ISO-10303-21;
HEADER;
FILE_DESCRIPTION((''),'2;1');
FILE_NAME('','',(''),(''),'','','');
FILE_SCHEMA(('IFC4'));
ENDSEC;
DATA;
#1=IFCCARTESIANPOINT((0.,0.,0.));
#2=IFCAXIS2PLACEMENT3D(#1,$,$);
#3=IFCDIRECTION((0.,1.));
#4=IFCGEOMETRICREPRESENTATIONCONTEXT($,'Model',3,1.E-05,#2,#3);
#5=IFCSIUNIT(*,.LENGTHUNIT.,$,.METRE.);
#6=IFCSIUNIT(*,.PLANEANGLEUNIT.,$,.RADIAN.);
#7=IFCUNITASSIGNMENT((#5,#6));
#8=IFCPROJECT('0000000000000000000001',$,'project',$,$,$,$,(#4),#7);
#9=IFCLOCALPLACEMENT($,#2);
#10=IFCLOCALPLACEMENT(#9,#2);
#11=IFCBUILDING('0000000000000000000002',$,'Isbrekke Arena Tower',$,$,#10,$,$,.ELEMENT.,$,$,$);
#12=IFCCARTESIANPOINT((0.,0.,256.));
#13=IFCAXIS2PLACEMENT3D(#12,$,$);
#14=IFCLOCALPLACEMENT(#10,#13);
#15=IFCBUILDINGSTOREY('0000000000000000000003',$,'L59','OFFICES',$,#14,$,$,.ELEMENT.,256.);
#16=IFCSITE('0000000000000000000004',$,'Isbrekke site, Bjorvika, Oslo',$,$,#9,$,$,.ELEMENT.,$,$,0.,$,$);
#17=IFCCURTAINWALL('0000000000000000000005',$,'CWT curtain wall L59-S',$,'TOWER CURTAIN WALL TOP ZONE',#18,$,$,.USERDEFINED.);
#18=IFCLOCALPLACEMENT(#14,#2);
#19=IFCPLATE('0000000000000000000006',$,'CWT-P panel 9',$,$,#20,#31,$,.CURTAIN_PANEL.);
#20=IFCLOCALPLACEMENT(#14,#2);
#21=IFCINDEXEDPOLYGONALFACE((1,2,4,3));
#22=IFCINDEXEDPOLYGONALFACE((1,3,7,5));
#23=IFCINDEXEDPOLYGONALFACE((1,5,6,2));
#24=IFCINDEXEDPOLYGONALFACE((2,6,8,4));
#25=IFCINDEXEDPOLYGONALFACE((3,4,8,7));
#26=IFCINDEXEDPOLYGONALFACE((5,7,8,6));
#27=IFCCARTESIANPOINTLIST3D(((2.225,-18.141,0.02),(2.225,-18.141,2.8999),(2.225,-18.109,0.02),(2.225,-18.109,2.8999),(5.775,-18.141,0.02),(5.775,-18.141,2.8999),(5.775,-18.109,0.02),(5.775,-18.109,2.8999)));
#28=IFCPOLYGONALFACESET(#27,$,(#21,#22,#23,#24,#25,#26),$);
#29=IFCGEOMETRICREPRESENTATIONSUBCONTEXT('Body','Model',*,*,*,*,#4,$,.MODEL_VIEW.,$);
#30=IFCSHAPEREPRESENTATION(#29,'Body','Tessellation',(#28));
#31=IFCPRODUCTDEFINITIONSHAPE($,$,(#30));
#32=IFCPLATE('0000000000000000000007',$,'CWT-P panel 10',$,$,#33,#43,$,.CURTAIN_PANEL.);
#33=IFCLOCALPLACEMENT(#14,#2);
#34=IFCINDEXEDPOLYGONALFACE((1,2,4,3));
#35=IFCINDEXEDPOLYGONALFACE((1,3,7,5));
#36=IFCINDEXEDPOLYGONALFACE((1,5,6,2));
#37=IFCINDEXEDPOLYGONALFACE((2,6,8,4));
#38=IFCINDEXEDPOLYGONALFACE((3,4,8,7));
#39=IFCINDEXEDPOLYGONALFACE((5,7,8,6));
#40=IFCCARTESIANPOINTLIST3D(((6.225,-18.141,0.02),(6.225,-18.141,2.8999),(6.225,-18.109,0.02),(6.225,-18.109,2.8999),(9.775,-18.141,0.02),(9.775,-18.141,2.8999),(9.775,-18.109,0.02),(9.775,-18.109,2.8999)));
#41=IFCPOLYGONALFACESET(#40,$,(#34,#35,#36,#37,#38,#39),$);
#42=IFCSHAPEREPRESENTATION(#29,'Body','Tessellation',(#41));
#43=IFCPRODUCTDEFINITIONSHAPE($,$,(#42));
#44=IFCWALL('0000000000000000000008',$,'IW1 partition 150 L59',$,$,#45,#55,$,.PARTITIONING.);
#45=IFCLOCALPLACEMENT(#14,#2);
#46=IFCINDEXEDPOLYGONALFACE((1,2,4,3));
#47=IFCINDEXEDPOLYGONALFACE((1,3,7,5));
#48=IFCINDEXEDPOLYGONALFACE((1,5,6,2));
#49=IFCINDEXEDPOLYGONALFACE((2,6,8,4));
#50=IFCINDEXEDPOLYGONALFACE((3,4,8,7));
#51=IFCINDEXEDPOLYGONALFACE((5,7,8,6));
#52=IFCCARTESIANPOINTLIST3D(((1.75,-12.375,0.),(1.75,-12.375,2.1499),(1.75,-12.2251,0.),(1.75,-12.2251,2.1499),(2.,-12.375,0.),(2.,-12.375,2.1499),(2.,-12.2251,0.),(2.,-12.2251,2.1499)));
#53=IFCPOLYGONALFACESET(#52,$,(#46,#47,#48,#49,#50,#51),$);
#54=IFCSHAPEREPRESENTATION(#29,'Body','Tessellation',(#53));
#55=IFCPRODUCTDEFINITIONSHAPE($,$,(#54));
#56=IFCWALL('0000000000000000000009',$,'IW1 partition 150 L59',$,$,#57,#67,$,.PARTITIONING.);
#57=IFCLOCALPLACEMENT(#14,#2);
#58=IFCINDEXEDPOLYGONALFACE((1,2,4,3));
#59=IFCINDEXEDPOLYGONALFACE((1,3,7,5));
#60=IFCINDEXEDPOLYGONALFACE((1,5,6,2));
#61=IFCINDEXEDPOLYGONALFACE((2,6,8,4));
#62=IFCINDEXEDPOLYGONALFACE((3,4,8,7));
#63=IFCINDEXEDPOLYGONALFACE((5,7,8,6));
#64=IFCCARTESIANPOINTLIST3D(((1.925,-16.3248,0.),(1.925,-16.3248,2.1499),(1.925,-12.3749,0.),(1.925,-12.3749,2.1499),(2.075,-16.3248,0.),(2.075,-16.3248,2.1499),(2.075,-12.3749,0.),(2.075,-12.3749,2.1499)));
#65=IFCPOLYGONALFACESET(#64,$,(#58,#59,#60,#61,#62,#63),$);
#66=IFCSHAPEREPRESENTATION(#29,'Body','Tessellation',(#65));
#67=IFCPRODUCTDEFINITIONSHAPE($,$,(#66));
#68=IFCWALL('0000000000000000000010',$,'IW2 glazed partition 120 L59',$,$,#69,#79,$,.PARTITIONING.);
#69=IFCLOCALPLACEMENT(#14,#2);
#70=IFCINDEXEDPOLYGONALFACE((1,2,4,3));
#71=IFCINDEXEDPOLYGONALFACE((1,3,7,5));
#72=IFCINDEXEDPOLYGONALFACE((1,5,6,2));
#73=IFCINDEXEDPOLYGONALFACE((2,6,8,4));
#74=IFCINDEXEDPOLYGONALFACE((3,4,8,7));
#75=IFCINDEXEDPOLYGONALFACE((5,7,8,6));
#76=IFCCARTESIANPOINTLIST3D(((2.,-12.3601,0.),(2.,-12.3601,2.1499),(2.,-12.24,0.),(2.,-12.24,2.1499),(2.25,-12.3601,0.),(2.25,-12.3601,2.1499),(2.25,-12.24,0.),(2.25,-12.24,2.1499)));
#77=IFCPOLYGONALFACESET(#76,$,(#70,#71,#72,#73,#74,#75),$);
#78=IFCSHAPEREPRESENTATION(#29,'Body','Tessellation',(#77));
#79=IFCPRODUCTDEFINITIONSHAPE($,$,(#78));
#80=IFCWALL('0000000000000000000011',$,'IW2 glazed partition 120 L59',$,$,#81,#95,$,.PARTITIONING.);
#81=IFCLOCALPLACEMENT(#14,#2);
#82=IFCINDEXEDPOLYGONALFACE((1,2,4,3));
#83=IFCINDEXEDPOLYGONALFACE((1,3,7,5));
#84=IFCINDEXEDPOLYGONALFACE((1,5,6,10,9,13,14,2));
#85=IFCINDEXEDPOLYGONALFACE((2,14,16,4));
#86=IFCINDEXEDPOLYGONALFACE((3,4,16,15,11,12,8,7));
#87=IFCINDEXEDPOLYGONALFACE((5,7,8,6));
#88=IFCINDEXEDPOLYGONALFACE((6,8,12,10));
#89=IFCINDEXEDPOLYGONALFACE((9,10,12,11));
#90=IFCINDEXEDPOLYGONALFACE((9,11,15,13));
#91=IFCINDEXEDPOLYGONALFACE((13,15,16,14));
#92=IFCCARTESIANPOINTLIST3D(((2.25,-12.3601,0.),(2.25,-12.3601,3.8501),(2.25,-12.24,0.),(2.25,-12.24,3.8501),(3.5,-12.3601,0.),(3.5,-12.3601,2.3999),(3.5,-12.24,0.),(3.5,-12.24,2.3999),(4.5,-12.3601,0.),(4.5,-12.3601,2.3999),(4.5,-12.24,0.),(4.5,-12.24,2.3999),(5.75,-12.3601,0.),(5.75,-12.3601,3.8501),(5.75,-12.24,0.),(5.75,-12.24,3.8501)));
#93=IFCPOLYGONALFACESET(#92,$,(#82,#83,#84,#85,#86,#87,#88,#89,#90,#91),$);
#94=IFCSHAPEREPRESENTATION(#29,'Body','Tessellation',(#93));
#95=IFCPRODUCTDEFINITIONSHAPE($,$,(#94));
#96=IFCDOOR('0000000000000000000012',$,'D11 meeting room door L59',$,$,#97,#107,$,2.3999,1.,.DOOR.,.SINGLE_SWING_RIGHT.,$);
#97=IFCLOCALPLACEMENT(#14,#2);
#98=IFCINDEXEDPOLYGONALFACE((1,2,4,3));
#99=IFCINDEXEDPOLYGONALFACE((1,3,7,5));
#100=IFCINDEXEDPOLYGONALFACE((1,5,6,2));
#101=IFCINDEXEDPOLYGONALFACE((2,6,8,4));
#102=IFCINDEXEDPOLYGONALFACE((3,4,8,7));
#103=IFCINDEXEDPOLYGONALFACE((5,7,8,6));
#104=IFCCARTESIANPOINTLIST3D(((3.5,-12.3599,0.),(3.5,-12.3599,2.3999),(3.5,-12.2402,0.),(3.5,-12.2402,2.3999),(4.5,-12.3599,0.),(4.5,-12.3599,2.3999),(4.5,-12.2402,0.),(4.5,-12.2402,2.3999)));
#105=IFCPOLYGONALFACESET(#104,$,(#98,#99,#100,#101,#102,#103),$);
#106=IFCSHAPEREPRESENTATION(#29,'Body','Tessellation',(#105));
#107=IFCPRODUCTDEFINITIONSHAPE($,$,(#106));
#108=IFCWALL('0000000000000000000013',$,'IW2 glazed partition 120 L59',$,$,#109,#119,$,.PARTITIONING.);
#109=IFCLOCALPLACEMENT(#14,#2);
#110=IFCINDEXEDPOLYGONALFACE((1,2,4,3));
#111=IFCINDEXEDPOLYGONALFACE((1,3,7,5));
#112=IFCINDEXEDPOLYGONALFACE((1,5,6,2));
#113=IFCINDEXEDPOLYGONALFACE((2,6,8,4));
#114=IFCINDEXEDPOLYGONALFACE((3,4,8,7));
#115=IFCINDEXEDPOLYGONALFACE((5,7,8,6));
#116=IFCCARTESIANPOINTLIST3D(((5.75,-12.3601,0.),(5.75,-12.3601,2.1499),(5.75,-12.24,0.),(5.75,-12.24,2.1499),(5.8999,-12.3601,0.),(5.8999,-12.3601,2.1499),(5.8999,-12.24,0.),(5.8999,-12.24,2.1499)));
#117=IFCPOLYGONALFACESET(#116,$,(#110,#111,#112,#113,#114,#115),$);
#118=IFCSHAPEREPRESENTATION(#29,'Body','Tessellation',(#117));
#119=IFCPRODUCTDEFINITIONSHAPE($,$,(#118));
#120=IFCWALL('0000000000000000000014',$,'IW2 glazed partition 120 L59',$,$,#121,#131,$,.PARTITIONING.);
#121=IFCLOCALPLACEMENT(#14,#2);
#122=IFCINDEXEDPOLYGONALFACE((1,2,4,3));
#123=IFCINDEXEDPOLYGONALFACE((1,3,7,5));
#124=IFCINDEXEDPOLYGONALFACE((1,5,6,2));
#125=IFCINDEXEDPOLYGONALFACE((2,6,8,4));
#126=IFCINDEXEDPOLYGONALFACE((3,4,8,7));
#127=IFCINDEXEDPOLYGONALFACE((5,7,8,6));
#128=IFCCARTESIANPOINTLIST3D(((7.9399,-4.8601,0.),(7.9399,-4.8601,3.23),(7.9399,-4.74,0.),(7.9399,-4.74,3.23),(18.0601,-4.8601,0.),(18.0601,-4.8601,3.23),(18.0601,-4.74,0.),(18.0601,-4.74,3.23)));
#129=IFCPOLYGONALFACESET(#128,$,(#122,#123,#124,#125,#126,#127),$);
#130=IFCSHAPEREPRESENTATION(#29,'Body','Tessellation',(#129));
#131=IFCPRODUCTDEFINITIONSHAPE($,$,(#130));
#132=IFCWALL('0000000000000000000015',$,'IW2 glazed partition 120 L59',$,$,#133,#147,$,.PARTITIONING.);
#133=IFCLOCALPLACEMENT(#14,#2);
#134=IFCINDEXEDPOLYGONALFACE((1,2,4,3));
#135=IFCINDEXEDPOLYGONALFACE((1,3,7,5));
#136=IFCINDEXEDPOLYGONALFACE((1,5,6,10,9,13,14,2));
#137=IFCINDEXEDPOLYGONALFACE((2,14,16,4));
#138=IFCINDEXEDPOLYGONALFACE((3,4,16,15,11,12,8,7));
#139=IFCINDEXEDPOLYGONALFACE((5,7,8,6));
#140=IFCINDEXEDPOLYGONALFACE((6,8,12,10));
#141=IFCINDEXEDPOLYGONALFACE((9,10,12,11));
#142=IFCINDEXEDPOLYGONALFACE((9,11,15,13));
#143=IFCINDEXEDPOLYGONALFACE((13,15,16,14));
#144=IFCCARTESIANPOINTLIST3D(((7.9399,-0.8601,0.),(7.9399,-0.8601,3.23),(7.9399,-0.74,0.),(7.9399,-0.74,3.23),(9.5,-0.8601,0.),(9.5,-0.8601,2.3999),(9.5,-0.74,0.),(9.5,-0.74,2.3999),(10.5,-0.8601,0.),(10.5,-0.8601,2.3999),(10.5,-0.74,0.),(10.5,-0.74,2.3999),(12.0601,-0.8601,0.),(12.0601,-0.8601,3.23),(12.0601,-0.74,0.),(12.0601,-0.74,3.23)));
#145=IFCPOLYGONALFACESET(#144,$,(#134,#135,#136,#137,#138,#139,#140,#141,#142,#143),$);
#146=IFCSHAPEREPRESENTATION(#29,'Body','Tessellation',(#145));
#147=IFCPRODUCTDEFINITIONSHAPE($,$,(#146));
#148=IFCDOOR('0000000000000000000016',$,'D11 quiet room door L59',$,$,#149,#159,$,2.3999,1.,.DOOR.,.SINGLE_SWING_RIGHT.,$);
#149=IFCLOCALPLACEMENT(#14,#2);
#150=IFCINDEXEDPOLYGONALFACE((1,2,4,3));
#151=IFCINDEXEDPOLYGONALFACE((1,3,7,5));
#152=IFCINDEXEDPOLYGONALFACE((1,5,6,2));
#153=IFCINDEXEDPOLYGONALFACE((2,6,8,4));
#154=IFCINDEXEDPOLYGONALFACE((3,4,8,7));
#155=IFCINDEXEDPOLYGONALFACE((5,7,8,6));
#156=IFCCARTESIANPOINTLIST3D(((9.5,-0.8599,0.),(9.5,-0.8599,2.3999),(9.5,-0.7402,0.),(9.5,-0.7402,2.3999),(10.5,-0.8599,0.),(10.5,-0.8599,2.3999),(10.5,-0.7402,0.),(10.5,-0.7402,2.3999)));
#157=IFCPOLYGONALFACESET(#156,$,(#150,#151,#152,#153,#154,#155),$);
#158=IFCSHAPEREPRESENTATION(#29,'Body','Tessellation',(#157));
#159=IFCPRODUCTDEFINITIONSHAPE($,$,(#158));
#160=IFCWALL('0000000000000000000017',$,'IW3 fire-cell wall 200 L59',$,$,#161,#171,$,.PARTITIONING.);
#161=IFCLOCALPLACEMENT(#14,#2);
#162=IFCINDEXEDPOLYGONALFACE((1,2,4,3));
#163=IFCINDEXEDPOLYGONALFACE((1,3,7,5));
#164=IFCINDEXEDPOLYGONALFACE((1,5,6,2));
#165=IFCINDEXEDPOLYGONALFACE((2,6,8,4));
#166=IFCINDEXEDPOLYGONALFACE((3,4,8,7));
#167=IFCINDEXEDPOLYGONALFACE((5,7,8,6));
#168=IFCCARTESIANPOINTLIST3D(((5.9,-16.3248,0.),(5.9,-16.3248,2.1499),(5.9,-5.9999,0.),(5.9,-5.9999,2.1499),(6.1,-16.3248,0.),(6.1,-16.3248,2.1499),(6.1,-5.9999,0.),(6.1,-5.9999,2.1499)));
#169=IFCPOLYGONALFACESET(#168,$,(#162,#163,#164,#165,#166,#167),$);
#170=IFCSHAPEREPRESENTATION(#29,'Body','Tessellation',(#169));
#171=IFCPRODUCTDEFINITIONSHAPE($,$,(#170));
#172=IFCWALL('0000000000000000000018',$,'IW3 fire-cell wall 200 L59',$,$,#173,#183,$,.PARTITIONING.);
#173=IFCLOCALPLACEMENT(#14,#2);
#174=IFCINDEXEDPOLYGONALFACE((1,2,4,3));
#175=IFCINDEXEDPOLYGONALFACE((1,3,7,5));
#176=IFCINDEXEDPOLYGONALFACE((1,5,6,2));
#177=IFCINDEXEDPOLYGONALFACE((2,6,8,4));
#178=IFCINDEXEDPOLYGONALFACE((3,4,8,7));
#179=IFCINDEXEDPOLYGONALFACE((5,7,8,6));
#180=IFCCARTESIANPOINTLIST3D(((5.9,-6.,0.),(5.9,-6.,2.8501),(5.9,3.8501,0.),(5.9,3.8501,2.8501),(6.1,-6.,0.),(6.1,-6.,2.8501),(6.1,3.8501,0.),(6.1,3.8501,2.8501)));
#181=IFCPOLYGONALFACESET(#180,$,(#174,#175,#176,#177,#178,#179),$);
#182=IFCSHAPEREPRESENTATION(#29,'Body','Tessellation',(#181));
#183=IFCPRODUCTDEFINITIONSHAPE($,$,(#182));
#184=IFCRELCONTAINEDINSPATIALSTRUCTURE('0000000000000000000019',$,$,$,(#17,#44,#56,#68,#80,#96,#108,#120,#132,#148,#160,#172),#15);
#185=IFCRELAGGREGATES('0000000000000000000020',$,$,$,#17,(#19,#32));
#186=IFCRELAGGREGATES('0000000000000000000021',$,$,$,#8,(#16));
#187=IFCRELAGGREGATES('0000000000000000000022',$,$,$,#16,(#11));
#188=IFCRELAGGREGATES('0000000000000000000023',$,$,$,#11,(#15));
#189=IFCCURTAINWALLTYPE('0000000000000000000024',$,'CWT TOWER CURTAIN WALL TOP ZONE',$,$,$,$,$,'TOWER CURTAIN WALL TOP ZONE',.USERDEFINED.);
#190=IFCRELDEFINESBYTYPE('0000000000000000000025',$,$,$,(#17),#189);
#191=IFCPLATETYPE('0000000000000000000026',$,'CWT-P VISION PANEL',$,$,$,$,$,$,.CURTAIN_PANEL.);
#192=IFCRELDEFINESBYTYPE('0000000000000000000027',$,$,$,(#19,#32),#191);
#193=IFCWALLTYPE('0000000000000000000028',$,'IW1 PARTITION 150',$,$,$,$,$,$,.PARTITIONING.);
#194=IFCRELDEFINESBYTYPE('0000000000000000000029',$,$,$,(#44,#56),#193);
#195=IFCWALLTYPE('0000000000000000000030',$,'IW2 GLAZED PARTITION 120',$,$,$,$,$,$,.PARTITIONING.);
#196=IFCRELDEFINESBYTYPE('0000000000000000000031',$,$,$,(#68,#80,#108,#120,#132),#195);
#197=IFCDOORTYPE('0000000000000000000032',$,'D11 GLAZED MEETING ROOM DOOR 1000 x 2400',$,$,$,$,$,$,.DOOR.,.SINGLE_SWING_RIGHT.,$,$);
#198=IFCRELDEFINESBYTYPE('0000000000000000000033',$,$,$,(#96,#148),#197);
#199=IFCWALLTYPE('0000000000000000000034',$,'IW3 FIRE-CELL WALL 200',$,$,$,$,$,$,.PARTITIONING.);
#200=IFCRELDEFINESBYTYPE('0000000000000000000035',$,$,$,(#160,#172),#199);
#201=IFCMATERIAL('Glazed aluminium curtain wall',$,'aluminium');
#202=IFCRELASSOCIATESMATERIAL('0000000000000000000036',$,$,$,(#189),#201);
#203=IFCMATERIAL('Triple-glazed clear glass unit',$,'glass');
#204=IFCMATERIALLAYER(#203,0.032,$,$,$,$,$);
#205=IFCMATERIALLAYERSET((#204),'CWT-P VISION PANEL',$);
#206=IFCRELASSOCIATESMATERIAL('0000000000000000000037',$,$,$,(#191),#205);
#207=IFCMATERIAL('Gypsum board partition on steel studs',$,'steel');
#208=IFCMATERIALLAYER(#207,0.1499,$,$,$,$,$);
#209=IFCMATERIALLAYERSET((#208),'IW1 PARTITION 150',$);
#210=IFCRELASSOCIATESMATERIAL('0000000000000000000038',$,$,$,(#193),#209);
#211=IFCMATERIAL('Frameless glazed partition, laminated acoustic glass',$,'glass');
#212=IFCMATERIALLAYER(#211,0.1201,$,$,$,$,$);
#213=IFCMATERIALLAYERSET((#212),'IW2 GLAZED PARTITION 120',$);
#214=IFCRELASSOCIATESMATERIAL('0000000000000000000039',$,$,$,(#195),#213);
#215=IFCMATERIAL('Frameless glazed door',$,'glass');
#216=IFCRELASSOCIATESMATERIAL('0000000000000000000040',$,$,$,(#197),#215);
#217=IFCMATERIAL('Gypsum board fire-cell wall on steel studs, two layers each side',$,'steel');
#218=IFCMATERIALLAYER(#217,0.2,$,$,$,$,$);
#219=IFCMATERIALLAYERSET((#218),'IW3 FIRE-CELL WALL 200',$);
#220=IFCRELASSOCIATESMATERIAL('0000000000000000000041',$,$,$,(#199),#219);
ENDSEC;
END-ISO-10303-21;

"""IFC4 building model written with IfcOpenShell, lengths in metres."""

from ifc_helpers import new_model, si_unit, direction, frame, frame_2d, origin, origin_2d, place, context, subcontext, project, spatial, rectangle, extrude, material, layer, layer_set, type_object, element, fill, aggregate, save


model = new_model("IFC4")

# Units and contexts
model_context = context("Model", 3, precision=1e-05, world=origin(), true_north=direction((0.0, 1.0)))
body_context = subcontext(model_context, "Body", "Model", "MODEL_VIEW")
ifc_project = project(units=[si_unit("LENGTHUNIT", "METRE"), si_unit("PLANEANGLEUNIT", "RADIAN")], contexts=[model_context])

# Site, building, storey
site_placement = place(None, origin())
site = spatial("IfcSite", under=ifc_project, at=site_placement, Name="Isbrekke site, Bjorvika, Oslo", CompositionType="ELEMENT", RefElevation=0.0)
building_placement = place(site_placement, origin())
building = spatial("IfcBuilding", under=site, at=building_placement, Name="Isbrekke Arena Tower", CompositionType="ELEMENT")
storey_placement = place(building_placement, frame((0.0, 0.0, 256.0)))
storey = spatial("IfcBuildingStorey", under=building, at=storey_placement, Name="L59", Description="OFFICES", CompositionType="ELEMENT", Elevation=256.0)

# Curtain wall
ifc_material_1 = material(Name="Glazed aluminium curtain wall", Category="aluminium")
curtain_wall_type = type_object("IfcCurtainWallType", Name="CWT TOWER CURTAIN WALL TOP ZONE", ElementType="TOWER CURTAIN WALL TOP ZONE", PredefinedType="USERDEFINED", material=ifc_material_1)
curtain_wall_placement = place(storey_placement, origin())
curtain_wall = element("IfcCurtainWall", 1, at=curtain_wall_placement, inside=storey, type_object=curtain_wall_type, Name="CWT curtain wall L59-S", ObjectType="TOWER CURTAIN WALL TOP ZONE", PredefinedType="USERDEFINED")

# Plates
ifc_material_2 = material(Name="Triple-glazed clear glass unit", Category="glass")
ifc_layer_1 = layer(ifc_material_2, 0.032)
ifc_layer_set_1 = layer_set([ifc_layer_1], Name="CWT-P VISION PANEL")
plate_type = type_object("IfcPlateType", Name="CWT-P VISION PANEL", PredefinedType="CURTAIN_PANEL", material=ifc_layer_set_1)
plate_1_placement = place(storey_placement, frame((4.0, -18.125, 0.02), z_axis=(0.0, 0.0, 1.0), x_axis=(1.0, 0.0, 0.0)))
plate_1 = element("IfcPlate", 2, at=plate_1_placement, type_object=plate_type, Name="CWT-P panel 9", PredefinedType="CURTAIN_PANEL", context=body_context, shape_type="SweptSolid", body=[
    extrude(rectangle(XDim=3.55, YDim=0.032, at=origin_2d()), origin(), (0.0, 0.0, 1.0), 2.8799),
])
plate_2_placement = place(storey_placement, frame((8.0, -18.125, 0.02), z_axis=(0.0, 0.0, 1.0), x_axis=(1.0, 0.0, 0.0)))
plate_2 = element("IfcPlate", 3, at=plate_2_placement, type_object=plate_type, Name="CWT-P panel 10", PredefinedType="CURTAIN_PANEL", context=body_context, shape_type="SweptSolid", body=[
    extrude(rectangle(XDim=3.55, YDim=0.032, at=origin_2d()), origin(), (0.0, 0.0, 1.0), 2.8799),
])
aggregate(curtain_wall, [plate_1, plate_2])

# Walls
ifc_material_3 = material(Name="Gypsum board partition on steel studs", Category="steel")
ifc_layer_2 = layer(ifc_material_3, 0.1499)
ifc_layer_set_2 = layer_set([ifc_layer_2], Name="IW1 PARTITION 150")
wall_type_1 = type_object("IfcWallType", Name="IW1 PARTITION 150", PredefinedType="PARTITIONING", material=ifc_layer_set_2)
wall_1_placement = place(storey_placement, frame((1.75, -12.3, 0.0), z_axis=(0.0, 0.0, 1.0), x_axis=(1.0, 0.0, 0.0)))
element("IfcWall", 4, at=wall_1_placement, inside=storey, type_object=wall_type_1, Name="IW1 partition 150 L59", PredefinedType="PARTITIONING", context=body_context, shape_type="SweptSolid", body=[
    extrude(rectangle(XDim=0.25, YDim=0.1499, at=frame_2d((0.125, 0.0))), origin(), (0.0, 0.0, 1.0), 2.1499),
])
wall_2_placement = place(storey_placement, frame((2.0, -16.325, 0.0), z_axis=(0.0, 0.0, 1.0), x_axis=(0.0, 1.0, 0.0)))
element("IfcWall", 5, at=wall_2_placement, inside=storey, type_object=wall_type_1, Name="IW1 partition 150 L59", PredefinedType="PARTITIONING", context=body_context, shape_type="SweptSolid", body=[
    extrude(rectangle(XDim=3.95, YDim=0.1499, at=frame_2d((1.9751, 0.0))), origin(), (0.0, 0.0, 1.0), 2.1499),
])
ifc_material_4 = material(Name="Frameless glazed partition, laminated acoustic glass", Category="glass")
ifc_layer_3 = layer(ifc_material_4, 0.1201)
ifc_layer_set_3 = layer_set([ifc_layer_3], Name="IW2 GLAZED PARTITION 120")
wall_type_2 = type_object("IfcWallType", Name="IW2 GLAZED PARTITION 120", PredefinedType="PARTITIONING", material=ifc_layer_set_3)
wall_3_placement = place(storey_placement, frame((2.0, -12.3, 0.0), z_axis=(0.0, 0.0, 1.0), x_axis=(1.0, 0.0, 0.0)))
element("IfcWall", 6, at=wall_3_placement, inside=storey, type_object=wall_type_2, Name="IW2 glazed partition 120 L59", PredefinedType="PARTITIONING", context=body_context, shape_type="SweptSolid", body=[
    extrude(rectangle(XDim=0.25, YDim=0.1201, at=frame_2d((0.125, 0.0))), origin(), (0.0, 0.0, 1.0), 2.1499),
])

# Wall, opening, door
wall_4_placement = place(storey_placement, frame((2.25, -12.3, 0.0), z_axis=(0.0, 0.0, 1.0), x_axis=(1.0, 0.0, 0.0)))
wall_4 = element("IfcWall", 7, at=wall_4_placement, inside=storey, type_object=wall_type_2, Name="IW2 glazed partition 120 L59", PredefinedType="PARTITIONING", context=body_context, shape_type="SweptSolid", body=[
    extrude(rectangle(XDim=3.5, YDim=0.1201, at=frame_2d((1.75, 0.0))), origin(), (0.0, 0.0, 1.0), 3.8501),
])
opening_1_placement = place(wall_4_placement, frame((1.25, 0.0, 0.0)))
opening_1 = element("IfcOpeningElement", 8, at=opening_1_placement, cuts=wall_4, PredefinedType="OPENING", context=body_context, shape_type="SweptSolid", body=[
    extrude(rectangle(XDim=1.0, YDim=2.3999, at=frame_2d((0.5, 1.2))), frame((0.0, 0.075, 0.0), z_axis=(0.0, -1.0, 0.0), x_axis=(1.0, 0.0, 0.0)), (0.0, 0.0, 1.0), 0.1499),
])
ifc_material_5 = material(Name="Frameless glazed door", Category="glass")
door_type = type_object("IfcDoorType", Name="D11 GLAZED MEETING ROOM DOOR 1000 x 2400", OperationType="SINGLE_SWING_RIGHT", PredefinedType="DOOR", material=ifc_material_5)
door_1_placement = place(opening_1_placement, origin())
door_1 = element("IfcDoor", 9, at=door_1_placement, inside=storey, type_object=door_type, Name="D11 meeting room door L59", OperationType="SINGLE_SWING_RIGHT", OverallHeight=2.3999, OverallWidth=1.0, PredefinedType="DOOR", context=body_context, shape_type="SweptSolid", body=[
    extrude(rectangle(XDim=1.0, YDim=2.3999, at=frame_2d((0.5, 1.2))), frame((0.0, 0.0598, 0.0), z_axis=(0.0, -1.0, 0.0), x_axis=(1.0, 0.0, 0.0)), (0.0, 0.0, 1.0), 0.1196),
])
fill(opening_1, door_1)

# Walls
wall_5_placement = place(storey_placement, frame((5.75, -12.3, 0.0), z_axis=(0.0, 0.0, 1.0), x_axis=(1.0, 0.0, 0.0)))
element("IfcWall", 10, at=wall_5_placement, inside=storey, type_object=wall_type_2, Name="IW2 glazed partition 120 L59", PredefinedType="PARTITIONING", context=body_context, shape_type="SweptSolid", body=[
    extrude(rectangle(XDim=0.1499, YDim=0.1201, at=frame_2d((0.075, 0.0))), origin(), (0.0, 0.0, 1.0), 2.1499),
])
wall_6_placement = place(storey_placement, frame((7.9399, -4.8, 0.0), z_axis=(0.0, 0.0, 1.0), x_axis=(1.0, 0.0, 0.0)))
element("IfcWall", 11, at=wall_6_placement, inside=storey, type_object=wall_type_2, Name="IW2 glazed partition 120 L59", PredefinedType="PARTITIONING", context=body_context, shape_type="SweptSolid", body=[
    extrude(rectangle(XDim=10.1201, YDim=0.1201, at=frame_2d((5.0601, 0.0))), origin(), (0.0, 0.0, 1.0), 3.23),
])

# Wall, opening, door
wall_7_placement = place(storey_placement, frame((7.9399, -0.8, 0.0), z_axis=(0.0, 0.0, 1.0), x_axis=(1.0, 0.0, 0.0)))
wall_7 = element("IfcWall", 12, at=wall_7_placement, inside=storey, type_object=wall_type_2, Name="IW2 glazed partition 120 L59", PredefinedType="PARTITIONING", context=body_context, shape_type="SweptSolid", body=[
    extrude(rectangle(XDim=4.1201, YDim=0.1201, at=frame_2d((2.0601, 0.0))), origin(), (0.0, 0.0, 1.0), 3.23),
])
opening_2_placement = place(wall_7_placement, frame((1.5601, 0.0, 0.0)))
opening_2 = element("IfcOpeningElement", 13, at=opening_2_placement, cuts=wall_7, PredefinedType="OPENING", context=body_context, shape_type="SweptSolid", body=[
    extrude(rectangle(XDim=1.0, YDim=2.3999, at=frame_2d((0.5, 1.2))), frame((0.0, 0.075, 0.0), z_axis=(0.0, -1.0, 0.0), x_axis=(1.0, 0.0, 0.0)), (0.0, 0.0, 1.0), 0.1499),
])
door_2_placement = place(opening_2_placement, origin())
door_2 = element("IfcDoor", 14, at=door_2_placement, inside=storey, type_object=door_type, Name="D11 quiet room door L59", OperationType="SINGLE_SWING_RIGHT", OverallHeight=2.3999, OverallWidth=1.0, PredefinedType="DOOR", context=body_context, shape_type="SweptSolid", body=[
    extrude(rectangle(XDim=1.0, YDim=2.3999, at=frame_2d((0.5, 1.2))), frame((0.0, 0.0598, 0.0), z_axis=(0.0, -1.0, 0.0), x_axis=(1.0, 0.0, 0.0)), (0.0, 0.0, 1.0), 0.1196),
])
fill(opening_2, door_2)

# Walls
ifc_material_6 = material(Name="Gypsum board fire-cell wall on steel studs, two layers each side", Category="steel")
ifc_layer_4 = layer(ifc_material_6, 0.2)
ifc_layer_set_4 = layer_set([ifc_layer_4], Name="IW3 FIRE-CELL WALL 200")
wall_type_3 = type_object("IfcWallType", Name="IW3 FIRE-CELL WALL 200", PredefinedType="PARTITIONING", material=ifc_layer_set_4)
wall_8_placement = place(storey_placement, frame((6.0, -16.325, 0.0), z_axis=(0.0, 0.0, 1.0), x_axis=(0.0, 1.0, 0.0)))
element("IfcWall", 15, at=wall_8_placement, inside=storey, type_object=wall_type_3, Name="IW3 fire-cell wall 200 L59", PredefinedType="PARTITIONING", context=body_context, shape_type="SweptSolid", body=[
    extrude(rectangle(XDim=10.325, YDim=0.2, at=frame_2d((5.1626, 0.0))), origin(), (0.0, 0.0, 1.0), 2.1499),
])
wall_9_placement = place(storey_placement, frame((6.0, -6.0, 0.0), z_axis=(0.0, 0.0, 1.0), x_axis=(0.0, 1.0, 0.0)))
element("IfcWall", 16, at=wall_9_placement, inside=storey, type_object=wall_type_3, Name="IW3 fire-cell wall 200 L59", PredefinedType="PARTITIONING", context=body_context, shape_type="SweptSolid", body=[
    extrude(rectangle(XDim=9.8501, YDim=0.2, at=frame_2d((4.925, 0.0))), origin(), (0.0, 0.0, 1.0), 2.8501),
])

save(model, "model.ifc")
